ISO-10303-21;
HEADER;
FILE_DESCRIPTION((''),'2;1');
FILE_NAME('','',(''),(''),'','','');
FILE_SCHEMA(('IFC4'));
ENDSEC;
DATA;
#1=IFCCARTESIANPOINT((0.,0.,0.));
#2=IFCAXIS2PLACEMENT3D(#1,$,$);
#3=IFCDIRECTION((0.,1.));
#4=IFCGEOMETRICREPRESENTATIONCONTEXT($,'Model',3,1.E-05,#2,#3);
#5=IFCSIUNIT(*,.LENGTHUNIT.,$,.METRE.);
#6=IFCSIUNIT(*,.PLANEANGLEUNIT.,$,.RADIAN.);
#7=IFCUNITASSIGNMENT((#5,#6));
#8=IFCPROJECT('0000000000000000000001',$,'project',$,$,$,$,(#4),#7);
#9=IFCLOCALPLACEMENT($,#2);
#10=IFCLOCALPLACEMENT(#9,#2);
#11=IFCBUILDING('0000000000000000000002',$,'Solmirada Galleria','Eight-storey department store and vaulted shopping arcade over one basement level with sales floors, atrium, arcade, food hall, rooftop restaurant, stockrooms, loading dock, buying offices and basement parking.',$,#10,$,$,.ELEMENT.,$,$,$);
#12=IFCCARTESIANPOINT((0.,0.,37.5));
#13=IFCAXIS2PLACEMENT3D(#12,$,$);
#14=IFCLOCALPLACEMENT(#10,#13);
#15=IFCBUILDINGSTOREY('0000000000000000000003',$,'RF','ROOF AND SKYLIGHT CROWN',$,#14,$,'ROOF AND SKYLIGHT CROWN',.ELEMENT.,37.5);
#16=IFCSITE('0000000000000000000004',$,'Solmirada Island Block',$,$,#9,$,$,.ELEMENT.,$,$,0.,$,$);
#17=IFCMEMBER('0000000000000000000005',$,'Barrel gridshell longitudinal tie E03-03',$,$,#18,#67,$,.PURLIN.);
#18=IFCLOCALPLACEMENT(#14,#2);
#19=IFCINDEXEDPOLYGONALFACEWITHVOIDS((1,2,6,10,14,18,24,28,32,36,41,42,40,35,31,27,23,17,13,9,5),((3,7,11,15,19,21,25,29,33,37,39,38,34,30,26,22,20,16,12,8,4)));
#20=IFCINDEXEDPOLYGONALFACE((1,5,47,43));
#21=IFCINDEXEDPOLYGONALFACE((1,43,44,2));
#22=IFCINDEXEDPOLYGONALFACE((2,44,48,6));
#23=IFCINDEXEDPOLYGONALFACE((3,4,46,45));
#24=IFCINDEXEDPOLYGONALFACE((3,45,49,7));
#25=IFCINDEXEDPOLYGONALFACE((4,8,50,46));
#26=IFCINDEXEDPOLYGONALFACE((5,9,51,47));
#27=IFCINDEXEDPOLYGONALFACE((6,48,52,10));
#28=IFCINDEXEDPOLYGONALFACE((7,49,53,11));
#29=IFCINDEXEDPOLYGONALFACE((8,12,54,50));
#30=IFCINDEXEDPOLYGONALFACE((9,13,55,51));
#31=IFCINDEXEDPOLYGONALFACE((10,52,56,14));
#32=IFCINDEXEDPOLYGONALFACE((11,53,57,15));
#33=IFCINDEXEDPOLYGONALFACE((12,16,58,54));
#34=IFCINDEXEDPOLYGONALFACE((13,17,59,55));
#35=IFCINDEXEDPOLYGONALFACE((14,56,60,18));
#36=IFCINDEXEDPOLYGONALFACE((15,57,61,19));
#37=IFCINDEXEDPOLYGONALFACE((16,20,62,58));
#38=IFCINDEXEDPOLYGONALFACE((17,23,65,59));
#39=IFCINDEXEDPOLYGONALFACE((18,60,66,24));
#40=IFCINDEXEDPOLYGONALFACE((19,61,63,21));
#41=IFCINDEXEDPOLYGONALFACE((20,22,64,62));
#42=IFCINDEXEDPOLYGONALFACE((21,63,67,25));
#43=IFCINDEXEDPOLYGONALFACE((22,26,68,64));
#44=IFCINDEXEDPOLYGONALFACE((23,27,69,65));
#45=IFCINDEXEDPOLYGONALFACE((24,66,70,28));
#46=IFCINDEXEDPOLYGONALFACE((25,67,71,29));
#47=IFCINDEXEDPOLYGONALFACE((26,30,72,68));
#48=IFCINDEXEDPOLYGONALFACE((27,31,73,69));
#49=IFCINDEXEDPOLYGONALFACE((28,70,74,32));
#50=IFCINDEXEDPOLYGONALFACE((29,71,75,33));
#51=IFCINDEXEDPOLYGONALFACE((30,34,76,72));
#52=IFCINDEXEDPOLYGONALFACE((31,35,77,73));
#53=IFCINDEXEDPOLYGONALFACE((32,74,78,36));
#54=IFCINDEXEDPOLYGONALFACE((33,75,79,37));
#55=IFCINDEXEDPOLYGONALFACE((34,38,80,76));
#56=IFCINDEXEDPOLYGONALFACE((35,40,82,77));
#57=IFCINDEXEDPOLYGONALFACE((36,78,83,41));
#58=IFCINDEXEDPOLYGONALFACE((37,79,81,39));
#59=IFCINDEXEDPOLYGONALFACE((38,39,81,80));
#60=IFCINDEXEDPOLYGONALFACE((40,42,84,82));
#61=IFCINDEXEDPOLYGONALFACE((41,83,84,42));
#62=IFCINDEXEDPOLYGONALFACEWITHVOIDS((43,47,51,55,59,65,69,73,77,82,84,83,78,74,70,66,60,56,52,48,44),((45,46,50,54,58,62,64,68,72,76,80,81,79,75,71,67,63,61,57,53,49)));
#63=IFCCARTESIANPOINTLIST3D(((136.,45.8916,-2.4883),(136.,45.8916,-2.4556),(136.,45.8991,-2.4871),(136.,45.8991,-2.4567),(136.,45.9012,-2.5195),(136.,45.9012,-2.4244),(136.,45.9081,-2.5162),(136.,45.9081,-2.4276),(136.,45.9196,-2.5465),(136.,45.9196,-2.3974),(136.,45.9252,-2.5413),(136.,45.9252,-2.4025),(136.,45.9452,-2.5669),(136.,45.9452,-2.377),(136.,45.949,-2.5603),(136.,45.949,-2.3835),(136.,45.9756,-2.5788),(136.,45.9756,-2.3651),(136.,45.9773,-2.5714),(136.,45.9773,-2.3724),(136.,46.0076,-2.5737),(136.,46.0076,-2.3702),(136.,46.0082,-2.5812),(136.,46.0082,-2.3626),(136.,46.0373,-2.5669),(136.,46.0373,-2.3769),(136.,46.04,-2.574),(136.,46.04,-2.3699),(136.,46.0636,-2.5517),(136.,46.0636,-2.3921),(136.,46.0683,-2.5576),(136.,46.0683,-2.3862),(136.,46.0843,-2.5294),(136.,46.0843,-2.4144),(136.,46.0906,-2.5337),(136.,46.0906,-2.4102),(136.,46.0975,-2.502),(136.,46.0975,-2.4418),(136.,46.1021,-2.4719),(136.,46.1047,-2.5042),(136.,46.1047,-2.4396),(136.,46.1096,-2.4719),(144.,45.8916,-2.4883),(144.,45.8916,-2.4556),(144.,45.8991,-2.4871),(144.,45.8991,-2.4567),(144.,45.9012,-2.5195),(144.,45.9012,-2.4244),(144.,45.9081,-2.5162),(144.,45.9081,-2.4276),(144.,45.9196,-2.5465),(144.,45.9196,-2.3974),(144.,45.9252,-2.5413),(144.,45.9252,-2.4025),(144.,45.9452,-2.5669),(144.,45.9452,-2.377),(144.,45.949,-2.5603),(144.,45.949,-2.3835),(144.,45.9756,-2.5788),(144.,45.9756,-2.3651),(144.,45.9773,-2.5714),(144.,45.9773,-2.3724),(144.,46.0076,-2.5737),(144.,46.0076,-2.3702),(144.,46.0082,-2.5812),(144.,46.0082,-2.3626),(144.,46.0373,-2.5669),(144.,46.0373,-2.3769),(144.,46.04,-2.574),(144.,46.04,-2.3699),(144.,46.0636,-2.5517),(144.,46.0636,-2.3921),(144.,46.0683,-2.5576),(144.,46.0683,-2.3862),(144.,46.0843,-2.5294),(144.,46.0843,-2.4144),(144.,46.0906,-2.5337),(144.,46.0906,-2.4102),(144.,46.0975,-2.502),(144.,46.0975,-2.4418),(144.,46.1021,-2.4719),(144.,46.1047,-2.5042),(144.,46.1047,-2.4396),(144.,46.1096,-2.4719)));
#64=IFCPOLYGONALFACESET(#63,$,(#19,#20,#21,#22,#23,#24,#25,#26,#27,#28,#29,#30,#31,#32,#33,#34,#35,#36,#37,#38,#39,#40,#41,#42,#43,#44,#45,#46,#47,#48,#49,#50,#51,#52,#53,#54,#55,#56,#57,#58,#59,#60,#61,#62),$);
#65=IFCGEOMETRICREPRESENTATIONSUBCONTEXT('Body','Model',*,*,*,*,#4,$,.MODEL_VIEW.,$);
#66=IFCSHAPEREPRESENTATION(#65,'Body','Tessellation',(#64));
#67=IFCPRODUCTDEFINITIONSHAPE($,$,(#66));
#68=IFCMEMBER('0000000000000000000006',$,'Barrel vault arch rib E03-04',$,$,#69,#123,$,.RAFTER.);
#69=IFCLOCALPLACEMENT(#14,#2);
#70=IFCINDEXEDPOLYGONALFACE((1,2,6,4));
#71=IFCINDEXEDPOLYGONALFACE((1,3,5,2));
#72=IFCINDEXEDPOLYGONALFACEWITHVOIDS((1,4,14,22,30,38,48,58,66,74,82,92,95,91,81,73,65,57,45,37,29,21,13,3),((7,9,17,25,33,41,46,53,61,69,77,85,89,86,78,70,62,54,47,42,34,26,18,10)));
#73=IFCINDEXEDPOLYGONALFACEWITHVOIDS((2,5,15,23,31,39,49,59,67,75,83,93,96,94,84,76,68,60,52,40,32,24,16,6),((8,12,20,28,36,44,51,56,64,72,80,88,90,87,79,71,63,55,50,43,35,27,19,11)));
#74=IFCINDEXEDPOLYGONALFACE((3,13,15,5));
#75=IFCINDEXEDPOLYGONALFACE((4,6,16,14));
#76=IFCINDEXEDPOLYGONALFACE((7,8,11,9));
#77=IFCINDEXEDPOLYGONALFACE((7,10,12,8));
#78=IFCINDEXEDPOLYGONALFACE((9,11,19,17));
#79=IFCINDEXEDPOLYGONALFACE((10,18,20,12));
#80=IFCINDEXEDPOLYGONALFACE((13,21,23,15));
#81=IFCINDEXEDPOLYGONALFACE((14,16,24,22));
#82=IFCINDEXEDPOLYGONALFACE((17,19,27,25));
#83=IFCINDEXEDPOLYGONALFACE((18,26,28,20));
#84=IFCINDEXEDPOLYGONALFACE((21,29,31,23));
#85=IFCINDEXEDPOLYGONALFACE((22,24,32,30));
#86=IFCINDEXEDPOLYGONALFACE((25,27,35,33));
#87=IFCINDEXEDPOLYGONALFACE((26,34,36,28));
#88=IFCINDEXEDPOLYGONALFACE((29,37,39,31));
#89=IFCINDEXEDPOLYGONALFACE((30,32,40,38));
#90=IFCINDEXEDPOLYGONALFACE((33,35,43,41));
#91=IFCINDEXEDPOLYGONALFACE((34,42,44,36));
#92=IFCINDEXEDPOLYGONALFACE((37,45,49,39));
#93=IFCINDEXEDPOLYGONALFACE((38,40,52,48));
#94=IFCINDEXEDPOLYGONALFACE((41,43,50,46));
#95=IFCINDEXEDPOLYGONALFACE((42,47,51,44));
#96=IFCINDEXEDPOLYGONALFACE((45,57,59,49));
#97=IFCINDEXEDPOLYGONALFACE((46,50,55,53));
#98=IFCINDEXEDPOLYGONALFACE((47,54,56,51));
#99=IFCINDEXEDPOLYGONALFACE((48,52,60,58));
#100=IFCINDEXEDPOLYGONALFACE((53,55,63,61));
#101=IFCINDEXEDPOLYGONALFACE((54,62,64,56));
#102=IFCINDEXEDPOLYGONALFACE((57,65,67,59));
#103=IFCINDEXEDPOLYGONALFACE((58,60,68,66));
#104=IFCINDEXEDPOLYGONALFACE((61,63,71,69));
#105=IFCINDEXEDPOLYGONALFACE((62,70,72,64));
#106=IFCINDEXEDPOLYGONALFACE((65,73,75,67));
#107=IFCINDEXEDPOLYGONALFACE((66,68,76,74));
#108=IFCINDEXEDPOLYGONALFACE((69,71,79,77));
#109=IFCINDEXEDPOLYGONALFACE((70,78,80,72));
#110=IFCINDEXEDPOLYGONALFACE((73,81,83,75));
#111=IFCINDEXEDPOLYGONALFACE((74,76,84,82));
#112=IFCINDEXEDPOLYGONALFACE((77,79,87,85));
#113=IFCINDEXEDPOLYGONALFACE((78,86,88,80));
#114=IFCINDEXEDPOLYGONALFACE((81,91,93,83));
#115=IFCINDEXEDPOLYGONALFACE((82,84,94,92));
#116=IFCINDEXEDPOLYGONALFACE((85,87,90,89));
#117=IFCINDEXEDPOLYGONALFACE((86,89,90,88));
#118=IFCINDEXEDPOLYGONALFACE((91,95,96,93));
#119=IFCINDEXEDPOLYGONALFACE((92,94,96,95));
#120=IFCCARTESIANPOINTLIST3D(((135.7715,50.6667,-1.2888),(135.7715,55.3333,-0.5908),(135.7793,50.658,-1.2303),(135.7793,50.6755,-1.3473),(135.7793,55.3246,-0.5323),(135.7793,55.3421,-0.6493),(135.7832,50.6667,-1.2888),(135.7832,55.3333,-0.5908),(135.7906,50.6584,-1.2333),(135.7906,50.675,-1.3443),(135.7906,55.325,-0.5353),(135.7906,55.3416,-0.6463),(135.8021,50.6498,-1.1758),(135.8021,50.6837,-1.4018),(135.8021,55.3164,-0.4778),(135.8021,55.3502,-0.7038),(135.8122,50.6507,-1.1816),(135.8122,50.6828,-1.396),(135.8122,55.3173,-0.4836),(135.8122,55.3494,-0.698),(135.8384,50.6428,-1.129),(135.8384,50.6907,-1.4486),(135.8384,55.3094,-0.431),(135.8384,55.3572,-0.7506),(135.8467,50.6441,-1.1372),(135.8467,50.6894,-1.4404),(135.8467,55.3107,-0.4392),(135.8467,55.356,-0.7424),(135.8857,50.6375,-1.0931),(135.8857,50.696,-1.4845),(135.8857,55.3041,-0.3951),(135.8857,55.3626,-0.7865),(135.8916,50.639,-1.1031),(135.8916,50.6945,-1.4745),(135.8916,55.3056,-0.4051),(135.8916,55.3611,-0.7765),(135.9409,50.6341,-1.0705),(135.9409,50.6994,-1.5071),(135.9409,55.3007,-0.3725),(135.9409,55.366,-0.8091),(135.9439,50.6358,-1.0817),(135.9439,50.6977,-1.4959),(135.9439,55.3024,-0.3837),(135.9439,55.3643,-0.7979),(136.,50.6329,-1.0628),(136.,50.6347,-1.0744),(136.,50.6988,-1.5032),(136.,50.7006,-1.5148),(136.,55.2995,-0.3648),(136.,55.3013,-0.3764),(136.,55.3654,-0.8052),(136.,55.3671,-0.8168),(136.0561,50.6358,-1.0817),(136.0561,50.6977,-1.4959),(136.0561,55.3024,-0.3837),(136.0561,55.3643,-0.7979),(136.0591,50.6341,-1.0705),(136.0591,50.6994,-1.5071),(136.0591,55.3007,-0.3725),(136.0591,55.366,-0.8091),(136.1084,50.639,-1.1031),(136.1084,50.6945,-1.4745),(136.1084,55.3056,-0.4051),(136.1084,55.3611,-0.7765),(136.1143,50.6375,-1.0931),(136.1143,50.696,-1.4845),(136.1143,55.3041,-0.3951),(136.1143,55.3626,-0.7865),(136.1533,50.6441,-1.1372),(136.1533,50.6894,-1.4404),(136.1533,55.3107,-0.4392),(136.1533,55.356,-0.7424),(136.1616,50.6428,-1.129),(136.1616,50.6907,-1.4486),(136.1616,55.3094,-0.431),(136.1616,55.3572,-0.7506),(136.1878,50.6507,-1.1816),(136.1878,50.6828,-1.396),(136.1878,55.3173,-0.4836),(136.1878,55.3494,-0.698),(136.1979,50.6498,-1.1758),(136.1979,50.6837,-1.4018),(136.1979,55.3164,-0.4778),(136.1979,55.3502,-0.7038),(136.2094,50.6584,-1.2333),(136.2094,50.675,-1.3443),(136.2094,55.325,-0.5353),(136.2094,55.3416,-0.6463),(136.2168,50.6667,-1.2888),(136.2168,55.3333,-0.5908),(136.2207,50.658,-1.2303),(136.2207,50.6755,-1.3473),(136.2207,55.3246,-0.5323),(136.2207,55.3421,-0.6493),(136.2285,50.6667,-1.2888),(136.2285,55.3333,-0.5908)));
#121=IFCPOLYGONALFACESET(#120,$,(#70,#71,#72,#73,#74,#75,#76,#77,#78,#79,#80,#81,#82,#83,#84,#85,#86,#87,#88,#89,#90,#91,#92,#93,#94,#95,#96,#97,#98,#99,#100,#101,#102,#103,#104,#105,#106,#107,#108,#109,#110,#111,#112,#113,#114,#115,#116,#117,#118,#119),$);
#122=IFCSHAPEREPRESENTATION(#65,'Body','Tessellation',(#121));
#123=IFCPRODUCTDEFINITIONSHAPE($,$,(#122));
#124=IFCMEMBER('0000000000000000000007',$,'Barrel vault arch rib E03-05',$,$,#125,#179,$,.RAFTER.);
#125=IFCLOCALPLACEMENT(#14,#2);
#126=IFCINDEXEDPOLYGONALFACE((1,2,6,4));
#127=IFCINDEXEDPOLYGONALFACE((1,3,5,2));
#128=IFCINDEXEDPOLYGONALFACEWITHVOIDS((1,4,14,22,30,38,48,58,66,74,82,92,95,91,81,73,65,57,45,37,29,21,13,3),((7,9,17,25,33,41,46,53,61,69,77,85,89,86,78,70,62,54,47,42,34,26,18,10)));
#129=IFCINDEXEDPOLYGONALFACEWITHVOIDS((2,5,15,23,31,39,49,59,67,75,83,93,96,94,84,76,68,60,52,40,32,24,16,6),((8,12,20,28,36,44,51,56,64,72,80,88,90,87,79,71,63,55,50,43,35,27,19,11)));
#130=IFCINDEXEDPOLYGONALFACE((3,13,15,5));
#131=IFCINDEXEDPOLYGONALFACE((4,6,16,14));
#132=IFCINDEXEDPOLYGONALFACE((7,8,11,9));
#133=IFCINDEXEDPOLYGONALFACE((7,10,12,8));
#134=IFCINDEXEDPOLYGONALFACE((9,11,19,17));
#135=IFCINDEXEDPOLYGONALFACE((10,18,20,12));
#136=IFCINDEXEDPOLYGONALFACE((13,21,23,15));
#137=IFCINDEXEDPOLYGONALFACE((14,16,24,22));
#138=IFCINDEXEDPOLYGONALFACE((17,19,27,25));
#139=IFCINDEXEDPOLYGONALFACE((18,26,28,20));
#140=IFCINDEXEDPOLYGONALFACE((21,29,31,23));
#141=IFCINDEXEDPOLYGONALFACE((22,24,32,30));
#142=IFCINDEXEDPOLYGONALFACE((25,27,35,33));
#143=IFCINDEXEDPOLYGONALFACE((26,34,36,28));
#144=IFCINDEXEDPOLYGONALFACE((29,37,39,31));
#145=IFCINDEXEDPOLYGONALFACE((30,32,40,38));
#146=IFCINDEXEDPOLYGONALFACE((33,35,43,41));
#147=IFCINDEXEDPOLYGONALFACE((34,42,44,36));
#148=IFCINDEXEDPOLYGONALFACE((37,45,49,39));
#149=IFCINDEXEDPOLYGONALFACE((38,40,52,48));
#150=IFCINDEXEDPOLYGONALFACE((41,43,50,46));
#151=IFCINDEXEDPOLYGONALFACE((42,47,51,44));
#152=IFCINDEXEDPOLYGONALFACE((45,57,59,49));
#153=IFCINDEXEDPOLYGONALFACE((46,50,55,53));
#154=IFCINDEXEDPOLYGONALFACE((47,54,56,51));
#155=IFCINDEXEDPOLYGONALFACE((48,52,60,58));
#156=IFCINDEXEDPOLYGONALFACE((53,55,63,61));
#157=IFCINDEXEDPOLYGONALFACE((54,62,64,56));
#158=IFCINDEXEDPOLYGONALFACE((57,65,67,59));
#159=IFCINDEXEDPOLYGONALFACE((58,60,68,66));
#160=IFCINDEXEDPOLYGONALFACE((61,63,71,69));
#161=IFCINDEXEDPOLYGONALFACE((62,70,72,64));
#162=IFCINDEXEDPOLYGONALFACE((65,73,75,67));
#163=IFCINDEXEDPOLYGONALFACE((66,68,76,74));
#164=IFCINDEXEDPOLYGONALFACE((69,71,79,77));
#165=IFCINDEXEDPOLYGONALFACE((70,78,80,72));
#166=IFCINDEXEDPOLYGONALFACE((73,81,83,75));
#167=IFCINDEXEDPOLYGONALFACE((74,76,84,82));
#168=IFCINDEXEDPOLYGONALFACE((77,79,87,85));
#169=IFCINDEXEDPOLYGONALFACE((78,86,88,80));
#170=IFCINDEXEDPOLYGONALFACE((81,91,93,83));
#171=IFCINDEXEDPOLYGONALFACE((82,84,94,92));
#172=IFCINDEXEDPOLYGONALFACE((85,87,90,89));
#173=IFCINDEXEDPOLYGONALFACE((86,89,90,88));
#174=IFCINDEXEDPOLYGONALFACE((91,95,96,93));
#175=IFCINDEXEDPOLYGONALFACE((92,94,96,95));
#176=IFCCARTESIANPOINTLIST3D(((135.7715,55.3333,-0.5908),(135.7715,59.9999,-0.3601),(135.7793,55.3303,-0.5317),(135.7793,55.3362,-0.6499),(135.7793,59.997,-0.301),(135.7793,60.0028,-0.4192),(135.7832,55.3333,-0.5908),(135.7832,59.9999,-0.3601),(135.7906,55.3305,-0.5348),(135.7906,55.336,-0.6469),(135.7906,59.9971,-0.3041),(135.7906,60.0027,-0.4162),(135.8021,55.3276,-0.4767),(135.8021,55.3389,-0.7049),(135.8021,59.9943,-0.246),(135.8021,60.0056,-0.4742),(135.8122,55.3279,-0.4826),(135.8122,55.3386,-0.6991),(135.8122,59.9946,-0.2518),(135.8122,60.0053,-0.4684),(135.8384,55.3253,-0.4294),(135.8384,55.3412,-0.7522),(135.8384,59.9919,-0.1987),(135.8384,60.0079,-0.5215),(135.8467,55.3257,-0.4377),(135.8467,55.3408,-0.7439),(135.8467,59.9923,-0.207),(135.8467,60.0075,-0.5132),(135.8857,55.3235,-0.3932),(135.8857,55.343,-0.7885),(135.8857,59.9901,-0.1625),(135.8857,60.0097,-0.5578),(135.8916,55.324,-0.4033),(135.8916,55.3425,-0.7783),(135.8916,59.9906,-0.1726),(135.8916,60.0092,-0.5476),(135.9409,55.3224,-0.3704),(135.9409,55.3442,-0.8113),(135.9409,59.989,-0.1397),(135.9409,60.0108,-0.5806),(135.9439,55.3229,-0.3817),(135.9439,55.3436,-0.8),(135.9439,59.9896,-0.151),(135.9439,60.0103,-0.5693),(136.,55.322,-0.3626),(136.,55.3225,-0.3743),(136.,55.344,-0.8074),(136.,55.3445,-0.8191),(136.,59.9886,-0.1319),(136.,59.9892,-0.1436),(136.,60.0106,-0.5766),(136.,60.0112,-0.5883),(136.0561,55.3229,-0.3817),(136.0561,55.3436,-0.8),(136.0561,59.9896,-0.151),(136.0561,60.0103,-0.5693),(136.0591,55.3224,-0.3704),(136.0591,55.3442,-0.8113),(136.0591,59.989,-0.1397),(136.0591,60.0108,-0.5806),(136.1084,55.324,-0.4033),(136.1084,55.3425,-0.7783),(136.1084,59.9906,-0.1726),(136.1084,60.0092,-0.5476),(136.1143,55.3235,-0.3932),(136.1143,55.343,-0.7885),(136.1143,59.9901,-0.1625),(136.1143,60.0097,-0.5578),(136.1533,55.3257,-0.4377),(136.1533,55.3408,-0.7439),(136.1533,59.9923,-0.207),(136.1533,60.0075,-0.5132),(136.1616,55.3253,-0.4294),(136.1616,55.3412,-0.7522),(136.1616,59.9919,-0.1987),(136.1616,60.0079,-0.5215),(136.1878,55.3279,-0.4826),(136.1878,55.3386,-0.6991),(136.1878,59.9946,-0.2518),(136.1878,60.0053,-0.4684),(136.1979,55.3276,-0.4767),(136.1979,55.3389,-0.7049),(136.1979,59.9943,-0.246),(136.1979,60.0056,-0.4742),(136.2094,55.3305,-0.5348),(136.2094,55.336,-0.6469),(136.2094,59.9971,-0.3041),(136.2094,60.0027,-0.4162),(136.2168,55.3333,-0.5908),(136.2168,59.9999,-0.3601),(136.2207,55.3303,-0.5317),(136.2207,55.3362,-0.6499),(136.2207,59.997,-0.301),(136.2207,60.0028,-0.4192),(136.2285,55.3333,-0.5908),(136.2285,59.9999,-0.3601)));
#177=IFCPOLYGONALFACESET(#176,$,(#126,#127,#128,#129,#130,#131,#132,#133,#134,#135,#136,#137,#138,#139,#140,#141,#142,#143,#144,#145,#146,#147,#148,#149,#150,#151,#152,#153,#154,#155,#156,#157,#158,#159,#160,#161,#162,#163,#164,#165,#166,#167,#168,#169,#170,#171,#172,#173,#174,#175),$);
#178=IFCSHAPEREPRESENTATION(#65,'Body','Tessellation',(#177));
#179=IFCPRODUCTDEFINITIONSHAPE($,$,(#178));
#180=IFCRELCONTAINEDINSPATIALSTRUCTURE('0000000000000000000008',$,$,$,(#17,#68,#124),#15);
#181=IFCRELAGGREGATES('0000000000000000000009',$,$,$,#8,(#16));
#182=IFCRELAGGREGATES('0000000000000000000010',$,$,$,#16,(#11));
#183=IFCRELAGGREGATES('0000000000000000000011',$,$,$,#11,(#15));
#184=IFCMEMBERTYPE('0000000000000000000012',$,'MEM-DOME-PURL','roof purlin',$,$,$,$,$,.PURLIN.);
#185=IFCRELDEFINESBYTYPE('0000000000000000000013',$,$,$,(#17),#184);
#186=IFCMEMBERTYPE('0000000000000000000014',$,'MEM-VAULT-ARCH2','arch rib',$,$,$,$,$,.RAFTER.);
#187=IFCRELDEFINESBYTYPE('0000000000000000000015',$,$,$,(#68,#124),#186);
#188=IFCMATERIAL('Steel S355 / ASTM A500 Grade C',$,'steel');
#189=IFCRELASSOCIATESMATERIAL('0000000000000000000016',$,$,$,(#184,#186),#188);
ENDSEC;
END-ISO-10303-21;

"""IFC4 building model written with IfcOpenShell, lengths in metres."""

from ifc_helpers import new_model, si_unit, direction, frame, origin, origin_2d, place, context, subcontext, project, spatial, hollow_circle, extrude, material, material_profile, profile_set, type_object, element, save


model = new_model("IFC4")

# Units and contexts
model_context = context("Model", 3, precision=1e-05, world=origin(), true_north=direction((0.0, 1.0)))
body_context = subcontext(model_context, "Body", "Model", "MODEL_VIEW")
ifc_project = project(units=[si_unit("LENGTHUNIT", "METRE"), si_unit("PLANEANGLEUNIT", "RADIAN")], contexts=[model_context])

# Site, building, storey
site_placement = place(None, origin())
site = spatial("IfcSite", under=ifc_project, at=site_placement, Name="Solmirada Island Block", CompositionType="ELEMENT", RefElevation=0.0)
building_placement = place(site_placement, origin())
building = spatial("IfcBuilding", under=site, at=building_placement, Name="Solmirada Galleria", Description="Eight-storey department store and vaulted shopping arcade over one basement level with sales floors, atrium, arcade, food hall, rooftop restaurant, stockrooms, loading dock, buying offices and basement parking.", CompositionType="ELEMENT")
storey_placement = place(building_placement, frame((0.0, 0.0, 37.5)))
storey = spatial("IfcBuildingStorey", under=building, at=storey_placement, Name="RF", Description="ROOF AND SKYLIGHT CROWN", LongName="ROOF AND SKYLIGHT CROWN", CompositionType="ELEMENT", Elevation=37.5)

# Members
ifc_material_1 = material(Name="Steel S355 / ASTM A500 Grade C", Category="steel")
ifc_material_profile_1 = material_profile(ifc_material_1, hollow_circle(Radius=0.1096, WallThickness=0.0076, at=origin_2d()), Name="HSS8.625X0.322")
ifc_profile_set_1 = profile_set([ifc_material_profile_1], Name="Steel S355 / ASTM A500 Grade C")
member_type_1 = type_object("IfcMemberType", Name="MEM-DOME-PURL", Description="roof purlin", PredefinedType="PURLIN", material=ifc_profile_set_1)
member_1_placement = place(storey_placement, frame((136.0, 46.0, -2.4719), z_axis=(1.0, 0.0, 0.0), x_axis=(0.0, 1.0, 0.0)))
element("IfcMember", 1, at=member_1_placement, inside=storey, type_object=member_type_1, Name="Barrel gridshell longitudinal tie E03-03", PredefinedType="PURLIN", context=body_context, shape_type="SweptSolid", body=[
    extrude(hollow_circle(Radius=0.1096, WallThickness=0.0076, at=origin_2d()), origin(), (0.0, 0.0, 1.0), 8.0),
])
ifc_material_profile_2 = material_profile(ifc_material_1, hollow_circle(Radius=0.2285, WallThickness=0.0117, at=origin_2d()), Name="HSS18.000X0.500")
ifc_profile_set_2 = profile_set([ifc_material_profile_2], Name="Steel S355 / ASTM A500 Grade C")
member_type_2 = type_object("IfcMemberType", Name="MEM-VAULT-ARCH2", Description="arch rib", PredefinedType="RAFTER", material=ifc_profile_set_2)
member_2_placement = place(storey_placement, frame((136.0, 50.6667, -1.2888), z_axis=(0.0, 0.988998, 0.147931), x_axis=(-1.0, 0.0, 0.0)))
element("IfcMember", 2, at=member_2_placement, inside=storey, type_object=member_type_2, Name="Barrel vault arch rib E03-04", PredefinedType="RAFTER", context=body_context, shape_type="SweptSolid", body=[
    extrude(hollow_circle(Radius=0.2285, WallThickness=0.0117, at=origin_2d()), origin(), (0.0, 0.0, 1.0), 4.7185),
])
member_3_placement = place(storey_placement, frame((136.0, 55.3333, -0.5908), z_axis=(0.0, 0.99878, 0.049377), x_axis=(-1.0, 0.0, 0.0)))
element("IfcMember", 3, at=member_3_placement, inside=storey, type_object=member_type_2, Name="Barrel vault arch rib E03-05", PredefinedType="RAFTER", context=body_context, shape_type="SweptSolid", body=[
    extrude(hollow_circle(Radius=0.2285, WallThickness=0.0117, at=origin_2d()), origin(), (0.0, 0.0, 1.0), 4.6724),
])

save(model, "model.ifc")
